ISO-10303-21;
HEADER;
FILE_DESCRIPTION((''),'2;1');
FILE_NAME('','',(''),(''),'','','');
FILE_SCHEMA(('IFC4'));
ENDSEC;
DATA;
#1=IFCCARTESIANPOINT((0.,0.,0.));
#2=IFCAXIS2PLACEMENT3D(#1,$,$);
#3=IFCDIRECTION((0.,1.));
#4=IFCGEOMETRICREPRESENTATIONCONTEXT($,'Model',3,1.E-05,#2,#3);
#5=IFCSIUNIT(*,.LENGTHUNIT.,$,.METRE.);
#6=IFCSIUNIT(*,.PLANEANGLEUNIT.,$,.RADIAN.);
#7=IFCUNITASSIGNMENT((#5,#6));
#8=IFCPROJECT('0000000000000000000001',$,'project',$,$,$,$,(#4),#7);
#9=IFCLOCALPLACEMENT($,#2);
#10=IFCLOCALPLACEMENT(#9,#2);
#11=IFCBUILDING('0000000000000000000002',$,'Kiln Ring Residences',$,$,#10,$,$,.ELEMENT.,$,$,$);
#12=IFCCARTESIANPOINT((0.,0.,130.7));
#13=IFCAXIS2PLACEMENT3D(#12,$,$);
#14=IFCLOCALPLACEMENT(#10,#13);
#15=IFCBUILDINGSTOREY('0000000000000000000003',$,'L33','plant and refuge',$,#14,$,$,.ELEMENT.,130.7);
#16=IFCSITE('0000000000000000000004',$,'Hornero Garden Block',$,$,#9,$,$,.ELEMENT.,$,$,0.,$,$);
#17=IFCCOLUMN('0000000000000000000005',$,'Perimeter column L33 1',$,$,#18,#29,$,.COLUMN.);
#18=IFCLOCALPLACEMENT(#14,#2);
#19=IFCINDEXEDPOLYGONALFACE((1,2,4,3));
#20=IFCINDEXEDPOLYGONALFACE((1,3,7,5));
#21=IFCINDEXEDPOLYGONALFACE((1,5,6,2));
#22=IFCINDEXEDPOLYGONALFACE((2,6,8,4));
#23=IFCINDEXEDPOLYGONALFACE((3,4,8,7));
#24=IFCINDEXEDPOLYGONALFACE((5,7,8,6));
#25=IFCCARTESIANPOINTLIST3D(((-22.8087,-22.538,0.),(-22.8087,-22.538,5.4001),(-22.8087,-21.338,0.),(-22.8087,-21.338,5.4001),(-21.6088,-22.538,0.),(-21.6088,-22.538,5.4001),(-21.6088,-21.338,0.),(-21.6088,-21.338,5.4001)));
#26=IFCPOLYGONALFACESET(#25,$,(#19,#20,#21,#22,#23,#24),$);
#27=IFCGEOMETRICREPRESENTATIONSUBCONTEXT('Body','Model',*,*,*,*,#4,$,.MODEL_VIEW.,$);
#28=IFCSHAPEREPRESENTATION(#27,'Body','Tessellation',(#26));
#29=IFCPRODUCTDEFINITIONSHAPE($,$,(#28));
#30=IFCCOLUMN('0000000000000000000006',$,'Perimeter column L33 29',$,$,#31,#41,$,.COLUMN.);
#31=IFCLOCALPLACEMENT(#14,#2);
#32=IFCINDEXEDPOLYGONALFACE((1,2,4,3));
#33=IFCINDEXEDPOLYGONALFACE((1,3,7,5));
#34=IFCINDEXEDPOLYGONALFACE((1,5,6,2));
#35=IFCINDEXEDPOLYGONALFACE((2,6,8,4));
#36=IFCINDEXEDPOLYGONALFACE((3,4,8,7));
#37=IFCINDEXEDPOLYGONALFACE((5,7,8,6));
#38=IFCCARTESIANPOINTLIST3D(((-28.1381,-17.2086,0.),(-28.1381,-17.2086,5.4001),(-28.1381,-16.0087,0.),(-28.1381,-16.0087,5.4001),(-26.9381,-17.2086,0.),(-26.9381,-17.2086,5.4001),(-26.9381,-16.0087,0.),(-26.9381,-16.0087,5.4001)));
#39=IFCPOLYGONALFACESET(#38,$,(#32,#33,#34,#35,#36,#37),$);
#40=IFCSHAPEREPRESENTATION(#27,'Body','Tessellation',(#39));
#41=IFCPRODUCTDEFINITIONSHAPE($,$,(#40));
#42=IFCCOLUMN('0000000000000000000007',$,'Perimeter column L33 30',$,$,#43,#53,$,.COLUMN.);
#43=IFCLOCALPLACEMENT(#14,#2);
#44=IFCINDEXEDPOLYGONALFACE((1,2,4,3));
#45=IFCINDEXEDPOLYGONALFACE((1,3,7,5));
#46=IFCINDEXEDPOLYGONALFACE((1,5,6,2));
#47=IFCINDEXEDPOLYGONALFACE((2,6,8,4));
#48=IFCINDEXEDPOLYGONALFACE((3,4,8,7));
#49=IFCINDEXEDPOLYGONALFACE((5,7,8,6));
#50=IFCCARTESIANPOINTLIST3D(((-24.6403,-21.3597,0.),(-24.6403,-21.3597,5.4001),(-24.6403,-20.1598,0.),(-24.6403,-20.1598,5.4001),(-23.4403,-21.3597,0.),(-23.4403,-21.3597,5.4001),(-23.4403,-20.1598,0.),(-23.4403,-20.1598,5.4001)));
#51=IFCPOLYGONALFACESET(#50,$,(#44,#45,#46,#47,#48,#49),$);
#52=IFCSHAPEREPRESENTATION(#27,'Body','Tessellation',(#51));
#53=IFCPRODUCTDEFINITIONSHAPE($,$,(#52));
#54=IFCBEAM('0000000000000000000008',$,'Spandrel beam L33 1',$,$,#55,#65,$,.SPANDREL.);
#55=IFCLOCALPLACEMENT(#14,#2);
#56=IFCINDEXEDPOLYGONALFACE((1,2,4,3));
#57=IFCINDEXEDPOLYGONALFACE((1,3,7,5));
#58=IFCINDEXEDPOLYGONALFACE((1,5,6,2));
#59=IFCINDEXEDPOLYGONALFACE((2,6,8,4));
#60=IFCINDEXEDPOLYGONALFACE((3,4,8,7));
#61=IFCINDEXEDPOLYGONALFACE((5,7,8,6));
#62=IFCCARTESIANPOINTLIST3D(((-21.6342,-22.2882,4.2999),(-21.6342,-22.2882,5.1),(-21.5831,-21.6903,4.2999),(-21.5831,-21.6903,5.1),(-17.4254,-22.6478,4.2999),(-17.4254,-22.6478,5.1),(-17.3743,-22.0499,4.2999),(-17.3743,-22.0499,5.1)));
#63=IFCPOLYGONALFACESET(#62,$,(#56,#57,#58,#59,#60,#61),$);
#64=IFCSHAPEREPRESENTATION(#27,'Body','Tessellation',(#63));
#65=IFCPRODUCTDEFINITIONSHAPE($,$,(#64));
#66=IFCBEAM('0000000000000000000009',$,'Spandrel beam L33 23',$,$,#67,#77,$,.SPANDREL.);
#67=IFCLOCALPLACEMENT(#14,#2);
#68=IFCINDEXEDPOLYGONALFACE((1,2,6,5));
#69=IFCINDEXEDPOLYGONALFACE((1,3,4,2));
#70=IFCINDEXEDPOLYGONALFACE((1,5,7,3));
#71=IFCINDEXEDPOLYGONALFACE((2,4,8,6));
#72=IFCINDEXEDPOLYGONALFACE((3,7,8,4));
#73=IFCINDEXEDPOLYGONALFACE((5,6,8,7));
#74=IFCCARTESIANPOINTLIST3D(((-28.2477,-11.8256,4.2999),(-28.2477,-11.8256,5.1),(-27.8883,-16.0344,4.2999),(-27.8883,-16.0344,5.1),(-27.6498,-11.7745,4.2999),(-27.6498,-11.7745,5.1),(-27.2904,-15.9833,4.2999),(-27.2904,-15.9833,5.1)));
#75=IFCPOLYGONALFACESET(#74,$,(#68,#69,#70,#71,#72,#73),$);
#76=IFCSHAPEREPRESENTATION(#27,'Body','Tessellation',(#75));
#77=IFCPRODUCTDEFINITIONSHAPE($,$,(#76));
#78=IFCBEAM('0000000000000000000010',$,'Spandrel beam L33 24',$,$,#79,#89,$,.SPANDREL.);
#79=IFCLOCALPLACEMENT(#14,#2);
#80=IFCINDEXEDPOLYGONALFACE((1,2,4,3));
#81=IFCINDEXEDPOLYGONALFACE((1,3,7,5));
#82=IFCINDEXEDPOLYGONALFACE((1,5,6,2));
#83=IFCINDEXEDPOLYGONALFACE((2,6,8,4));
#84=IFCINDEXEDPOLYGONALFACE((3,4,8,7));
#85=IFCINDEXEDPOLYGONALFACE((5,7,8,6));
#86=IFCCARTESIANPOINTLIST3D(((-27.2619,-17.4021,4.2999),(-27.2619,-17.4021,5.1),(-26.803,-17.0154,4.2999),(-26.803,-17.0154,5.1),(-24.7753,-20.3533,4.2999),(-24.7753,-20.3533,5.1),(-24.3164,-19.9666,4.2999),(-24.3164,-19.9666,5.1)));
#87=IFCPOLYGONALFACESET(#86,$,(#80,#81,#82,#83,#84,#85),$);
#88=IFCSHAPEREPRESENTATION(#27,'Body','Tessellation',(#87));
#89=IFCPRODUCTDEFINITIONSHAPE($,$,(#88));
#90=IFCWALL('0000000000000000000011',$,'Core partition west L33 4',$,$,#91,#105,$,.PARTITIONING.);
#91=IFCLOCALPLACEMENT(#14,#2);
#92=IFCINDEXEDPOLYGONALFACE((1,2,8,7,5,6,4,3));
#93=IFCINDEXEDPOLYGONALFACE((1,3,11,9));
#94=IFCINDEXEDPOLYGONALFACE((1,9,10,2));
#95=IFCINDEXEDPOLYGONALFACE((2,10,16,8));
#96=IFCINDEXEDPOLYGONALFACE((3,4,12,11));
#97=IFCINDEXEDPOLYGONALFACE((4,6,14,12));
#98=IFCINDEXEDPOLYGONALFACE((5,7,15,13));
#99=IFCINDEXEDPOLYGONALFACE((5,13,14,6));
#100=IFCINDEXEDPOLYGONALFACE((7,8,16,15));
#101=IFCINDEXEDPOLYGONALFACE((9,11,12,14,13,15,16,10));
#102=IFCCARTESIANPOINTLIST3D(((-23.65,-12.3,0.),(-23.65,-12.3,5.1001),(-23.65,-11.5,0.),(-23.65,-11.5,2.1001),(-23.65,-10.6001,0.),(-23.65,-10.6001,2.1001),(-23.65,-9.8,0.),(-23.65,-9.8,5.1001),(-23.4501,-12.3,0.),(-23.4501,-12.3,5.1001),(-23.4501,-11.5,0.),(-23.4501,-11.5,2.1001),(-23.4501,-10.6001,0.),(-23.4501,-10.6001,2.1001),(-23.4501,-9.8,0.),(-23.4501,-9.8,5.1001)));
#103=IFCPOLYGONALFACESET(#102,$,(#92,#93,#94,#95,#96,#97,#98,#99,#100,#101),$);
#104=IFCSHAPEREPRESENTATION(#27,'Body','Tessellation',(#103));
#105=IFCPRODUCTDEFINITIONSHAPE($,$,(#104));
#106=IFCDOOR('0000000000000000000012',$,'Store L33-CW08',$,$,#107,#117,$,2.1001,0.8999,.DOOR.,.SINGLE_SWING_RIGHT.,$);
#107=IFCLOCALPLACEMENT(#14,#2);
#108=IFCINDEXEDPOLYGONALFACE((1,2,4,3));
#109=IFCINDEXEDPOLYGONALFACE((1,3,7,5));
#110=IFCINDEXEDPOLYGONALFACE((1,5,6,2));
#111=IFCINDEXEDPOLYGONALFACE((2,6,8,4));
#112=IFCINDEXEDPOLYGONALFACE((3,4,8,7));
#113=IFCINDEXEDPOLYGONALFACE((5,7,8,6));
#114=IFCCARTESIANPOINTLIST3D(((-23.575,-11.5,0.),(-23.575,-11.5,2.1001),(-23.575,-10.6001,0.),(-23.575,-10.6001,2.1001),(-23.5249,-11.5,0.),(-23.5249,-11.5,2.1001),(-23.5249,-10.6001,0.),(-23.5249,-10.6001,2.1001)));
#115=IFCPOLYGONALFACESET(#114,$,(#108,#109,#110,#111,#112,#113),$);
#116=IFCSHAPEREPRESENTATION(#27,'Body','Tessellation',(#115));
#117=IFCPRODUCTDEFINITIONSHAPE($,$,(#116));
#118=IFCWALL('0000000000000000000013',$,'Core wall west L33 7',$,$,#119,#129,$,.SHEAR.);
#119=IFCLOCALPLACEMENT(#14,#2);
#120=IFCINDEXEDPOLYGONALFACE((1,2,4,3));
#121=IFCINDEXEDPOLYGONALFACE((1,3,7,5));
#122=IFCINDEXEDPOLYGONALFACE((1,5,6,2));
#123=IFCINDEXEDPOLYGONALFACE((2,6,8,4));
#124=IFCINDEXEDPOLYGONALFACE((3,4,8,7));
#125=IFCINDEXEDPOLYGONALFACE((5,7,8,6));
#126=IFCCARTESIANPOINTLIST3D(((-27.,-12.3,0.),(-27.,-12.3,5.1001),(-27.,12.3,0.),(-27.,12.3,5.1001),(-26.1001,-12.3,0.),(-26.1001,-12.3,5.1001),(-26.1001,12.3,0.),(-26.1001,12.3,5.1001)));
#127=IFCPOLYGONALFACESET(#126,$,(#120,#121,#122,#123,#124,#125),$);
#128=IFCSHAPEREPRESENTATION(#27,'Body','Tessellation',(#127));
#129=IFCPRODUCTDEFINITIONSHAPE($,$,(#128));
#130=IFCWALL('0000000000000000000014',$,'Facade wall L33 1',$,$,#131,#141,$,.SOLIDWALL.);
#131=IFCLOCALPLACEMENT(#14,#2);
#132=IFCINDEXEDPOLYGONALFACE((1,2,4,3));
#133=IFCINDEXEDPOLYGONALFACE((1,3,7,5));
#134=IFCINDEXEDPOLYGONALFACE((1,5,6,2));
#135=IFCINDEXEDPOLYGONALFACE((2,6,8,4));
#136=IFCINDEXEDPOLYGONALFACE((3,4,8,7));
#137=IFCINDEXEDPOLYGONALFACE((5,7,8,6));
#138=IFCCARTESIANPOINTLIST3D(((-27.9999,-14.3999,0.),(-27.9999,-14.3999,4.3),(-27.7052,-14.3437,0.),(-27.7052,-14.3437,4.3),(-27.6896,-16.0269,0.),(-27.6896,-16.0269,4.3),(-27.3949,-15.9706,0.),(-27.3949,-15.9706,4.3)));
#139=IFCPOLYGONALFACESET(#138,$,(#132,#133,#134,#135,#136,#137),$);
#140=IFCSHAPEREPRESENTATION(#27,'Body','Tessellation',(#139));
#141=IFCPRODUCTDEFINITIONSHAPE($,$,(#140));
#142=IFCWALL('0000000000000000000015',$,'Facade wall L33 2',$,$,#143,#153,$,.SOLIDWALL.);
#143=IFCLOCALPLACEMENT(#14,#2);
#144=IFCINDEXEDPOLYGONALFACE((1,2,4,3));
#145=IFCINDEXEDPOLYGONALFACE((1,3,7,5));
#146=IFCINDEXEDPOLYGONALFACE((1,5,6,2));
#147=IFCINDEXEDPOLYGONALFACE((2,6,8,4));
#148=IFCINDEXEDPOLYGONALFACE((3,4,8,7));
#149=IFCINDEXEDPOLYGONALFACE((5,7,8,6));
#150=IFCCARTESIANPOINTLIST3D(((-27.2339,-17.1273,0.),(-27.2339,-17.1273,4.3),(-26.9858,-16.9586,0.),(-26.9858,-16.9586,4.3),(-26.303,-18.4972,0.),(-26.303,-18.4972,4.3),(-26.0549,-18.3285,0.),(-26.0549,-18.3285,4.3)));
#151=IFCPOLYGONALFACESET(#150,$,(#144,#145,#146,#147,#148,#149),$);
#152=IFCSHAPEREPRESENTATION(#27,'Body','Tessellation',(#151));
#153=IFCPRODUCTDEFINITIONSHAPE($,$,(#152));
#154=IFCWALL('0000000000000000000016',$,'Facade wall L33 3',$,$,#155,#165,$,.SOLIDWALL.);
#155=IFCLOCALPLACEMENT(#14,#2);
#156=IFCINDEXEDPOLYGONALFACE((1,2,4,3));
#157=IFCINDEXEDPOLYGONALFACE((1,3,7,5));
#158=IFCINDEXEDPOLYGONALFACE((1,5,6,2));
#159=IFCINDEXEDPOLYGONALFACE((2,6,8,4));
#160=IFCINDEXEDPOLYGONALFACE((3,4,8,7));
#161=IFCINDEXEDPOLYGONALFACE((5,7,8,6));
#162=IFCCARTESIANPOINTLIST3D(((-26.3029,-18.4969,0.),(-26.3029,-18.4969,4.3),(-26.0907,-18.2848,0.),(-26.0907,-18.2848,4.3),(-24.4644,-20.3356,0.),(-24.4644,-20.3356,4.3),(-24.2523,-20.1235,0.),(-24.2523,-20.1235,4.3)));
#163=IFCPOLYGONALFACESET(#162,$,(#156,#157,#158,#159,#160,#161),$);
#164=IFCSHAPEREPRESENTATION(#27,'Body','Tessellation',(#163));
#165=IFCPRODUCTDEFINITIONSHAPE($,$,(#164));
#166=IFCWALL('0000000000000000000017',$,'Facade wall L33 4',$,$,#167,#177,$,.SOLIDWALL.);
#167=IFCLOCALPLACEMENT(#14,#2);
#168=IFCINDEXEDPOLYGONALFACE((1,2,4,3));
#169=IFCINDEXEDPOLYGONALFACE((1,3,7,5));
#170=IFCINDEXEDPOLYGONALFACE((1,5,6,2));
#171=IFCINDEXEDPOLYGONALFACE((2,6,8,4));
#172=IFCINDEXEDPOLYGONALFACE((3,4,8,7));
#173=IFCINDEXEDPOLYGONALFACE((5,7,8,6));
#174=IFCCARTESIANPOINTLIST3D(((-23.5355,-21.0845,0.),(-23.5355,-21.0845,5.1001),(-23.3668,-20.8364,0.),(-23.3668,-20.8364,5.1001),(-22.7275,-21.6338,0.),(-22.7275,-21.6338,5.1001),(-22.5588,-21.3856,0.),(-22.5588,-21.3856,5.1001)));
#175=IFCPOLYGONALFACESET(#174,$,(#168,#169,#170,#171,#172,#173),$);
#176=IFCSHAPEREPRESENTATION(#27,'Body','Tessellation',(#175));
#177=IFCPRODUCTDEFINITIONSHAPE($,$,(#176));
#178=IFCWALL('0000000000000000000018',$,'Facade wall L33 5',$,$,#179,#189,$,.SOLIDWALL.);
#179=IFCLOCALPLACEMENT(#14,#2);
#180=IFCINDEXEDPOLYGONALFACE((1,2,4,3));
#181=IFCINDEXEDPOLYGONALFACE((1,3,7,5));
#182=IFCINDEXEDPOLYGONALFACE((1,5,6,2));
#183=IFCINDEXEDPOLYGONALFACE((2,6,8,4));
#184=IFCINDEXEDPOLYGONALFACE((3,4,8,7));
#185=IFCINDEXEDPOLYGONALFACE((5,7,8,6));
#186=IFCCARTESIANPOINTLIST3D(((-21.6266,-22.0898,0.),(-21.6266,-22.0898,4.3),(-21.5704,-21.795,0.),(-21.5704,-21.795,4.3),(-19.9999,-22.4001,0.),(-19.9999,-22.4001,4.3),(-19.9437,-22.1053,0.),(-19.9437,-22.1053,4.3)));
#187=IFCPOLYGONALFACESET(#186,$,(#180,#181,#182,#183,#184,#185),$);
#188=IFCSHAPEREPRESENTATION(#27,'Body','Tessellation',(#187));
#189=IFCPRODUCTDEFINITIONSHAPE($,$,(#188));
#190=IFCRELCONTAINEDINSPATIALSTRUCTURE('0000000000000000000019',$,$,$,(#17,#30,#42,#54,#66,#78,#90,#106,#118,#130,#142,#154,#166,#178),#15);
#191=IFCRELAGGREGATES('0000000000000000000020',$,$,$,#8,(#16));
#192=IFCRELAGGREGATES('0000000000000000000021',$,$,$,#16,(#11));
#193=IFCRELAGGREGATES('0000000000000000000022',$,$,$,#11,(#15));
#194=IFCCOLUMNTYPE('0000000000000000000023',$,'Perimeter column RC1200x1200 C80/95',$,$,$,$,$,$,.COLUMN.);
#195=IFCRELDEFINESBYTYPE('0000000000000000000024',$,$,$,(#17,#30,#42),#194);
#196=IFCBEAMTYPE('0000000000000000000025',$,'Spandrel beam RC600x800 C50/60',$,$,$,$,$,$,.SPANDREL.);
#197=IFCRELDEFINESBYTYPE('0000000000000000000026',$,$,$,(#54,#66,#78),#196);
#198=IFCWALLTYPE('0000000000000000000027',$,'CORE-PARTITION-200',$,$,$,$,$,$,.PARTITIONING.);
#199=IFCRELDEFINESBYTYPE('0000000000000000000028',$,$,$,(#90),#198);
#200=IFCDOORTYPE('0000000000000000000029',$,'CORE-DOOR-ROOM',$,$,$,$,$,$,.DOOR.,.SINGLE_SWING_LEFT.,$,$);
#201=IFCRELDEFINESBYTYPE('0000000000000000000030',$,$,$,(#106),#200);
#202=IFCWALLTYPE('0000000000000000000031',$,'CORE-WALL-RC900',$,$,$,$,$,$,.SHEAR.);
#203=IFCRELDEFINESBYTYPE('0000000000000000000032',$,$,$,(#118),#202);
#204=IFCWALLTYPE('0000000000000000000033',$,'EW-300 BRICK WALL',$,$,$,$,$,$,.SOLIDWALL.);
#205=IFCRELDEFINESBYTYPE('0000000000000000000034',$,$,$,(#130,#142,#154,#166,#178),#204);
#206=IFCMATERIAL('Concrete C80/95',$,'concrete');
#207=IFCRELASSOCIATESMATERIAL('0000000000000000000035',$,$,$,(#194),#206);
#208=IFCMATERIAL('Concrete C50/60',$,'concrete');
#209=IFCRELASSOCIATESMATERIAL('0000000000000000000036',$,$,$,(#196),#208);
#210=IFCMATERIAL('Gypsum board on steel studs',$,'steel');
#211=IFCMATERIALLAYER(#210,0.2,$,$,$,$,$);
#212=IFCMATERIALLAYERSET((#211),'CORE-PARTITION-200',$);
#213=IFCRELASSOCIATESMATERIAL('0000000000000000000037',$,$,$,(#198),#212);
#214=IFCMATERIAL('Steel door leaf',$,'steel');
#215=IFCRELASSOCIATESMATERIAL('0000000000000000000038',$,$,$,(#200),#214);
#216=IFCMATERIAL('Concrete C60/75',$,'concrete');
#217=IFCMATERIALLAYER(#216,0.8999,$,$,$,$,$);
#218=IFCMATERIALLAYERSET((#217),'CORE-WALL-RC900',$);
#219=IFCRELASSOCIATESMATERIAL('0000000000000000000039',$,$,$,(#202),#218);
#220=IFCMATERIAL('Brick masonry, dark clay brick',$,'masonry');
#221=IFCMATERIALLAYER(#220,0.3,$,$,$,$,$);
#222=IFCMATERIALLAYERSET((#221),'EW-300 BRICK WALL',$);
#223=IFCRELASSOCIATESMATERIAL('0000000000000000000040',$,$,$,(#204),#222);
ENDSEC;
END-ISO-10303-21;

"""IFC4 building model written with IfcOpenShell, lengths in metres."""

from ifc_helpers import new_model, si_unit, direction, frame, frame_2d, origin, origin_2d, place, context, subcontext, project, spatial, rectangle, extrude, material, layer, layer_set, material_profile, profile_set, type_object, element, fill, save


model = new_model("IFC4")

# Units and contexts
model_context = context("Model", 3, precision=1e-05, world=origin(), true_north=direction((0.0, 1.0)))
body_context = subcontext(model_context, "Body", "Model", "MODEL_VIEW")
ifc_project = project(units=[si_unit("LENGTHUNIT", "METRE"), si_unit("PLANEANGLEUNIT", "RADIAN")], contexts=[model_context])

# Site, building, storey
site_placement = place(None, origin())
site = spatial("IfcSite", under=ifc_project, at=site_placement, Name="Hornero Garden Block", CompositionType="ELEMENT", RefElevation=0.0)
building_placement = place(site_placement, origin())
building = spatial("IfcBuilding", under=site, at=building_placement, Name="Kiln Ring Residences", CompositionType="ELEMENT")
storey_placement = place(building_placement, frame((0.0, 0.0, 130.7)))
storey = spatial("IfcBuildingStorey", under=building, at=storey_placement, Name="L33", Description="plant and refuge", CompositionType="ELEMENT", Elevation=130.7)

# Columns
ifc_material_1 = material(Name="Concrete C80/95", Category="concrete")
ifc_material_profile_1 = material_profile(ifc_material_1, rectangle(XDim=1.2, YDim=1.2, at=origin_2d()), Name="RC1200x1200")
ifc_profile_set_1 = profile_set([ifc_material_profile_1], Name="Concrete C80/95")
column_type = type_object("IfcColumnType", Name="Perimeter column RC1200x1200 C80/95", PredefinedType="COLUMN", material=ifc_profile_set_1)
for number, where, z_axis, x_axis, name in (
    (1, (-22.2087, -21.938, 0.0), (0.0, 0.0, 1.0), (1.0, 0.0, 0.0), "Perimeter column L33 1"),
    (2, (-27.5381, -16.6086, 0.0), (0.0, 0.0, 1.0), (1.0, 0.0, 0.0), "Perimeter column L33 29"),
    (3, (-24.0403, -20.7598, 0.0), (0.0, 0.0, 1.0), (1.0, 0.0, 0.0), "Perimeter column L33 30"),
):
    element("IfcColumn", number, at=place(storey_placement, frame(where, z_axis=z_axis, x_axis=x_axis)), inside=storey, type_object=column_type, Name=name, PredefinedType="COLUMN", context=body_context, shape_type="SweptSolid", body=[
        extrude(rectangle(XDim=1.2, YDim=1.2, at=origin_2d()), origin(), (0.0, 0.0, 1.0), 5.4001),
    ])

# Beams
ifc_material_2 = material(Name="Concrete C50/60", Category="concrete")
ifc_material_profile_2 = material_profile(ifc_material_2, rectangle(XDim=0.6001, YDim=0.8, at=origin_2d()), Name="RC600x800")
ifc_profile_set_2 = profile_set([ifc_material_profile_2], Name="Concrete C50/60")
beam_type = type_object("IfcBeamType", Name="Spandrel beam RC600x800 C50/60", PredefinedType="SPANDREL", material=ifc_profile_set_2)
for number, where, z_axis, x_axis, name in (
    (4, (-21.6086, -21.9893, 4.7), (0.996369, -0.085136, 0.0), (0.085136, 0.996369, 0.0), "Spandrel beam L33 1"),
    (5, (-27.9487, -11.8, 4.7), (0.085078, -0.996374, 0.0), (0.996374, 0.085078, 0.0), "Spandrel beam L33 23"),
):
    element("IfcBeam", number, at=place(storey_placement, frame(where, z_axis=z_axis, x_axis=x_axis)), inside=storey, type_object=beam_type, Name=name, PredefinedType="SPANDREL", context=body_context, shape_type="SweptSolid", body=[
        extrude(rectangle(XDim=0.6001, YDim=0.8, at=origin_2d()), origin(), (0.0, 0.0, 1.0), 4.2241),
    ])
beam_placement = place(storey_placement, frame((-27.0325, -17.2087, 4.7), z_axis=(0.644344, -0.764736, 0.0), x_axis=(0.764736, 0.644344, 0.0)))
element("IfcBeam", 6, at=beam_placement, inside=storey, type_object=beam_type, Name="Spandrel beam L33 24", PredefinedType="SPANDREL", context=body_context, shape_type="SweptSolid", body=[
    extrude(rectangle(XDim=0.6001, YDim=0.8, at=origin_2d()), origin(), (0.0, 0.0, 1.0), 3.8591),
])

# Wall, opening, door
ifc_material_3 = material(Name="Gypsum board on steel studs", Category="steel")
ifc_layer_1 = layer(ifc_material_3, 0.2)
ifc_layer_set_1 = layer_set([ifc_layer_1], Name="CORE-PARTITION-200")
wall_type_1 = type_object("IfcWallType", Name="CORE-PARTITION-200", PredefinedType="PARTITIONING", material=ifc_layer_set_1)
wall_1_placement = place(storey_placement, frame((-23.55, -12.3, 0.0), z_axis=(0.0, 0.0, 1.0), x_axis=(0.0, 1.0, 0.0)))
wall_1 = element("IfcWall", 7, at=wall_1_placement, inside=storey, type_object=wall_type_1, Name="Core partition west L33 4", PredefinedType="PARTITIONING", context=body_context, shape_type="SweptSolid", body=[
    extrude(rectangle(XDim=2.5, YDim=0.2, at=frame_2d((1.25, 0.0))), origin(), (0.0, 0.0, 1.0), 5.1001),
])
opening_1_placement = place(wall_1_placement, frame((0.8, 0.0, 0.0)))
opening_1 = element("IfcOpeningElement", 8, at=opening_1_placement, cuts=wall_1, PredefinedType="OPENING", context=body_context, shape_type="SweptSolid", body=[
    extrude(rectangle(XDim=0.8999, YDim=2.1001, at=frame_2d((0.45, 1.05))), frame((0.0, 0.1099, 0.0), z_axis=(0.0, -1.0, 0.0), x_axis=(1.0, 0.0, 0.0)), (0.0, 0.0, 1.0), 0.22),
])
ifc_material_4 = material(Name="Steel door leaf", Category="steel")
door_type_1 = type_object("IfcDoorType", Name="CORE-DOOR-ROOM", OperationType="SINGLE_SWING_LEFT", PredefinedType="DOOR", material=ifc_material_4)
door_1_placement = place(opening_1_placement, origin())
door_1 = element("IfcDoor", 9, at=door_1_placement, inside=storey, type_object=door_type_1, Name="Store L33-CW08", OperationType="SINGLE_SWING_RIGHT", OverallHeight=2.1001, OverallWidth=0.8999, PredefinedType="DOOR", context=body_context, shape_type="SweptSolid", body=[
    extrude(rectangle(XDim=0.8999, YDim=2.1001, at=frame_2d((0.45, 1.05))), frame((0.0, 0.0249, 0.0), z_axis=(0.0, -1.0, 0.0), x_axis=(1.0, 0.0, 0.0)), (0.0, 0.0, 1.0), 0.05),
])
fill(opening_1, door_1)

# Walls
ifc_material_5 = material(Name="Concrete C60/75", Category="concrete")
ifc_layer_2 = layer(ifc_material_5, 0.8999)
ifc_layer_set_2 = layer_set([ifc_layer_2], Name="CORE-WALL-RC900")
wall_type_2 = type_object("IfcWallType", Name="CORE-WALL-RC900", PredefinedType="SHEAR", material=ifc_layer_set_2)
wall_2_placement = place(storey_placement, frame((-26.55, -12.3, 0.0), z_axis=(0.0, 0.0, 1.0), x_axis=(0.0, 1.0, 0.0)))
element("IfcWall", 10, at=wall_2_placement, inside=storey, type_object=wall_type_2, Name="Core wall west L33 7", PredefinedType="SHEAR", context=body_context, shape_type="SweptSolid", body=[
    extrude(rectangle(XDim=24.6001, YDim=0.8999, at=frame_2d((12.3, 0.0))), origin(), (0.0, 0.0, 1.0), 5.1001),
])
ifc_material_6 = material(Name="Brick masonry, dark clay brick", Category="masonry")
ifc_layer_3 = layer(ifc_material_6, 0.3)
ifc_layer_set_3 = layer_set([ifc_layer_3], Name="EW-300 BRICK WALL")
wall_type_3 = type_object("IfcWallType", Name="EW-300 BRICK WALL", PredefinedType="SOLIDWALL", material=ifc_layer_set_3)
for number, where, z_axis, x_axis, name in (
    (11, (-27.8525, -14.3718, 0.0), (0.0, 0.0, 1.0), (0.187349, -0.982293, 0.0), "Facade wall L33 1"),
    (12, (-27.1099, -17.043, 0.0), (0.0, 0.0, 1.0), (0.56206, -0.827096, 0.0), "Facade wall L33 2"),
):
    element("IfcWall", number, at=place(storey_placement, frame(where, z_axis=z_axis, x_axis=x_axis)), inside=storey, type_object=wall_type_3, Name=name, PredefinedType="SOLIDWALL", context=body_context, shape_type="SweptSolid", body=[
        extrude(rectangle(XDim=1.6562, YDim=0.3, at=frame_2d((0.8281, 0.0))), origin(), (0.0, 0.0, 1.0), 4.3),
    ])
wall_3_placement = place(storey_placement, frame((-26.1968, -18.3909, 0.0), z_axis=(0.0, 0.0, 1.0), x_axis=(0.70706, -0.707154, 0.0)))
element("IfcWall", 13, at=wall_3_placement, inside=storey, type_object=wall_type_3, Name="Facade wall L33 3", PredefinedType="SOLIDWALL", context=body_context, shape_type="SweptSolid", body=[
    extrude(rectangle(XDim=2.6001, YDim=0.3, at=frame_2d((1.3, 0.0))), origin(), (0.0, 0.0, 1.0), 4.3),
])
wall_4_placement = place(storey_placement, frame((-23.4512, -20.9604, 0.0), z_axis=(0.0, 0.0, 1.0), x_axis=(0.827019, -0.562173, 0.0)))
element("IfcWall", 14, at=wall_4_placement, inside=storey, type_object=wall_type_3, Name="Facade wall L33 4", PredefinedType="SOLIDWALL", context=body_context, shape_type="SweptSolid", body=[
    extrude(rectangle(XDim=0.9771, YDim=0.3, at=frame_2d((0.4885, 0.0))), origin(), (0.0, 0.0, 1.0), 5.1001),
])
wall_5_placement = place(storey_placement, frame((-21.5986, -21.9424, 0.0), z_axis=(0.0, 0.0, 1.0), x_axis=(0.982288, -0.187376, 0.0)))
element("IfcWall", 15, at=wall_5_placement, inside=storey, type_object=wall_type_3, Name="Facade wall L33 5", PredefinedType="SOLIDWALL", context=body_context, shape_type="SweptSolid", body=[
    extrude(rectangle(XDim=1.656, YDim=0.3, at=frame_2d((0.8281, 0.0))), origin(), (0.0, 0.0, 1.0), 4.3),
])

save(model, "model.ifc")
